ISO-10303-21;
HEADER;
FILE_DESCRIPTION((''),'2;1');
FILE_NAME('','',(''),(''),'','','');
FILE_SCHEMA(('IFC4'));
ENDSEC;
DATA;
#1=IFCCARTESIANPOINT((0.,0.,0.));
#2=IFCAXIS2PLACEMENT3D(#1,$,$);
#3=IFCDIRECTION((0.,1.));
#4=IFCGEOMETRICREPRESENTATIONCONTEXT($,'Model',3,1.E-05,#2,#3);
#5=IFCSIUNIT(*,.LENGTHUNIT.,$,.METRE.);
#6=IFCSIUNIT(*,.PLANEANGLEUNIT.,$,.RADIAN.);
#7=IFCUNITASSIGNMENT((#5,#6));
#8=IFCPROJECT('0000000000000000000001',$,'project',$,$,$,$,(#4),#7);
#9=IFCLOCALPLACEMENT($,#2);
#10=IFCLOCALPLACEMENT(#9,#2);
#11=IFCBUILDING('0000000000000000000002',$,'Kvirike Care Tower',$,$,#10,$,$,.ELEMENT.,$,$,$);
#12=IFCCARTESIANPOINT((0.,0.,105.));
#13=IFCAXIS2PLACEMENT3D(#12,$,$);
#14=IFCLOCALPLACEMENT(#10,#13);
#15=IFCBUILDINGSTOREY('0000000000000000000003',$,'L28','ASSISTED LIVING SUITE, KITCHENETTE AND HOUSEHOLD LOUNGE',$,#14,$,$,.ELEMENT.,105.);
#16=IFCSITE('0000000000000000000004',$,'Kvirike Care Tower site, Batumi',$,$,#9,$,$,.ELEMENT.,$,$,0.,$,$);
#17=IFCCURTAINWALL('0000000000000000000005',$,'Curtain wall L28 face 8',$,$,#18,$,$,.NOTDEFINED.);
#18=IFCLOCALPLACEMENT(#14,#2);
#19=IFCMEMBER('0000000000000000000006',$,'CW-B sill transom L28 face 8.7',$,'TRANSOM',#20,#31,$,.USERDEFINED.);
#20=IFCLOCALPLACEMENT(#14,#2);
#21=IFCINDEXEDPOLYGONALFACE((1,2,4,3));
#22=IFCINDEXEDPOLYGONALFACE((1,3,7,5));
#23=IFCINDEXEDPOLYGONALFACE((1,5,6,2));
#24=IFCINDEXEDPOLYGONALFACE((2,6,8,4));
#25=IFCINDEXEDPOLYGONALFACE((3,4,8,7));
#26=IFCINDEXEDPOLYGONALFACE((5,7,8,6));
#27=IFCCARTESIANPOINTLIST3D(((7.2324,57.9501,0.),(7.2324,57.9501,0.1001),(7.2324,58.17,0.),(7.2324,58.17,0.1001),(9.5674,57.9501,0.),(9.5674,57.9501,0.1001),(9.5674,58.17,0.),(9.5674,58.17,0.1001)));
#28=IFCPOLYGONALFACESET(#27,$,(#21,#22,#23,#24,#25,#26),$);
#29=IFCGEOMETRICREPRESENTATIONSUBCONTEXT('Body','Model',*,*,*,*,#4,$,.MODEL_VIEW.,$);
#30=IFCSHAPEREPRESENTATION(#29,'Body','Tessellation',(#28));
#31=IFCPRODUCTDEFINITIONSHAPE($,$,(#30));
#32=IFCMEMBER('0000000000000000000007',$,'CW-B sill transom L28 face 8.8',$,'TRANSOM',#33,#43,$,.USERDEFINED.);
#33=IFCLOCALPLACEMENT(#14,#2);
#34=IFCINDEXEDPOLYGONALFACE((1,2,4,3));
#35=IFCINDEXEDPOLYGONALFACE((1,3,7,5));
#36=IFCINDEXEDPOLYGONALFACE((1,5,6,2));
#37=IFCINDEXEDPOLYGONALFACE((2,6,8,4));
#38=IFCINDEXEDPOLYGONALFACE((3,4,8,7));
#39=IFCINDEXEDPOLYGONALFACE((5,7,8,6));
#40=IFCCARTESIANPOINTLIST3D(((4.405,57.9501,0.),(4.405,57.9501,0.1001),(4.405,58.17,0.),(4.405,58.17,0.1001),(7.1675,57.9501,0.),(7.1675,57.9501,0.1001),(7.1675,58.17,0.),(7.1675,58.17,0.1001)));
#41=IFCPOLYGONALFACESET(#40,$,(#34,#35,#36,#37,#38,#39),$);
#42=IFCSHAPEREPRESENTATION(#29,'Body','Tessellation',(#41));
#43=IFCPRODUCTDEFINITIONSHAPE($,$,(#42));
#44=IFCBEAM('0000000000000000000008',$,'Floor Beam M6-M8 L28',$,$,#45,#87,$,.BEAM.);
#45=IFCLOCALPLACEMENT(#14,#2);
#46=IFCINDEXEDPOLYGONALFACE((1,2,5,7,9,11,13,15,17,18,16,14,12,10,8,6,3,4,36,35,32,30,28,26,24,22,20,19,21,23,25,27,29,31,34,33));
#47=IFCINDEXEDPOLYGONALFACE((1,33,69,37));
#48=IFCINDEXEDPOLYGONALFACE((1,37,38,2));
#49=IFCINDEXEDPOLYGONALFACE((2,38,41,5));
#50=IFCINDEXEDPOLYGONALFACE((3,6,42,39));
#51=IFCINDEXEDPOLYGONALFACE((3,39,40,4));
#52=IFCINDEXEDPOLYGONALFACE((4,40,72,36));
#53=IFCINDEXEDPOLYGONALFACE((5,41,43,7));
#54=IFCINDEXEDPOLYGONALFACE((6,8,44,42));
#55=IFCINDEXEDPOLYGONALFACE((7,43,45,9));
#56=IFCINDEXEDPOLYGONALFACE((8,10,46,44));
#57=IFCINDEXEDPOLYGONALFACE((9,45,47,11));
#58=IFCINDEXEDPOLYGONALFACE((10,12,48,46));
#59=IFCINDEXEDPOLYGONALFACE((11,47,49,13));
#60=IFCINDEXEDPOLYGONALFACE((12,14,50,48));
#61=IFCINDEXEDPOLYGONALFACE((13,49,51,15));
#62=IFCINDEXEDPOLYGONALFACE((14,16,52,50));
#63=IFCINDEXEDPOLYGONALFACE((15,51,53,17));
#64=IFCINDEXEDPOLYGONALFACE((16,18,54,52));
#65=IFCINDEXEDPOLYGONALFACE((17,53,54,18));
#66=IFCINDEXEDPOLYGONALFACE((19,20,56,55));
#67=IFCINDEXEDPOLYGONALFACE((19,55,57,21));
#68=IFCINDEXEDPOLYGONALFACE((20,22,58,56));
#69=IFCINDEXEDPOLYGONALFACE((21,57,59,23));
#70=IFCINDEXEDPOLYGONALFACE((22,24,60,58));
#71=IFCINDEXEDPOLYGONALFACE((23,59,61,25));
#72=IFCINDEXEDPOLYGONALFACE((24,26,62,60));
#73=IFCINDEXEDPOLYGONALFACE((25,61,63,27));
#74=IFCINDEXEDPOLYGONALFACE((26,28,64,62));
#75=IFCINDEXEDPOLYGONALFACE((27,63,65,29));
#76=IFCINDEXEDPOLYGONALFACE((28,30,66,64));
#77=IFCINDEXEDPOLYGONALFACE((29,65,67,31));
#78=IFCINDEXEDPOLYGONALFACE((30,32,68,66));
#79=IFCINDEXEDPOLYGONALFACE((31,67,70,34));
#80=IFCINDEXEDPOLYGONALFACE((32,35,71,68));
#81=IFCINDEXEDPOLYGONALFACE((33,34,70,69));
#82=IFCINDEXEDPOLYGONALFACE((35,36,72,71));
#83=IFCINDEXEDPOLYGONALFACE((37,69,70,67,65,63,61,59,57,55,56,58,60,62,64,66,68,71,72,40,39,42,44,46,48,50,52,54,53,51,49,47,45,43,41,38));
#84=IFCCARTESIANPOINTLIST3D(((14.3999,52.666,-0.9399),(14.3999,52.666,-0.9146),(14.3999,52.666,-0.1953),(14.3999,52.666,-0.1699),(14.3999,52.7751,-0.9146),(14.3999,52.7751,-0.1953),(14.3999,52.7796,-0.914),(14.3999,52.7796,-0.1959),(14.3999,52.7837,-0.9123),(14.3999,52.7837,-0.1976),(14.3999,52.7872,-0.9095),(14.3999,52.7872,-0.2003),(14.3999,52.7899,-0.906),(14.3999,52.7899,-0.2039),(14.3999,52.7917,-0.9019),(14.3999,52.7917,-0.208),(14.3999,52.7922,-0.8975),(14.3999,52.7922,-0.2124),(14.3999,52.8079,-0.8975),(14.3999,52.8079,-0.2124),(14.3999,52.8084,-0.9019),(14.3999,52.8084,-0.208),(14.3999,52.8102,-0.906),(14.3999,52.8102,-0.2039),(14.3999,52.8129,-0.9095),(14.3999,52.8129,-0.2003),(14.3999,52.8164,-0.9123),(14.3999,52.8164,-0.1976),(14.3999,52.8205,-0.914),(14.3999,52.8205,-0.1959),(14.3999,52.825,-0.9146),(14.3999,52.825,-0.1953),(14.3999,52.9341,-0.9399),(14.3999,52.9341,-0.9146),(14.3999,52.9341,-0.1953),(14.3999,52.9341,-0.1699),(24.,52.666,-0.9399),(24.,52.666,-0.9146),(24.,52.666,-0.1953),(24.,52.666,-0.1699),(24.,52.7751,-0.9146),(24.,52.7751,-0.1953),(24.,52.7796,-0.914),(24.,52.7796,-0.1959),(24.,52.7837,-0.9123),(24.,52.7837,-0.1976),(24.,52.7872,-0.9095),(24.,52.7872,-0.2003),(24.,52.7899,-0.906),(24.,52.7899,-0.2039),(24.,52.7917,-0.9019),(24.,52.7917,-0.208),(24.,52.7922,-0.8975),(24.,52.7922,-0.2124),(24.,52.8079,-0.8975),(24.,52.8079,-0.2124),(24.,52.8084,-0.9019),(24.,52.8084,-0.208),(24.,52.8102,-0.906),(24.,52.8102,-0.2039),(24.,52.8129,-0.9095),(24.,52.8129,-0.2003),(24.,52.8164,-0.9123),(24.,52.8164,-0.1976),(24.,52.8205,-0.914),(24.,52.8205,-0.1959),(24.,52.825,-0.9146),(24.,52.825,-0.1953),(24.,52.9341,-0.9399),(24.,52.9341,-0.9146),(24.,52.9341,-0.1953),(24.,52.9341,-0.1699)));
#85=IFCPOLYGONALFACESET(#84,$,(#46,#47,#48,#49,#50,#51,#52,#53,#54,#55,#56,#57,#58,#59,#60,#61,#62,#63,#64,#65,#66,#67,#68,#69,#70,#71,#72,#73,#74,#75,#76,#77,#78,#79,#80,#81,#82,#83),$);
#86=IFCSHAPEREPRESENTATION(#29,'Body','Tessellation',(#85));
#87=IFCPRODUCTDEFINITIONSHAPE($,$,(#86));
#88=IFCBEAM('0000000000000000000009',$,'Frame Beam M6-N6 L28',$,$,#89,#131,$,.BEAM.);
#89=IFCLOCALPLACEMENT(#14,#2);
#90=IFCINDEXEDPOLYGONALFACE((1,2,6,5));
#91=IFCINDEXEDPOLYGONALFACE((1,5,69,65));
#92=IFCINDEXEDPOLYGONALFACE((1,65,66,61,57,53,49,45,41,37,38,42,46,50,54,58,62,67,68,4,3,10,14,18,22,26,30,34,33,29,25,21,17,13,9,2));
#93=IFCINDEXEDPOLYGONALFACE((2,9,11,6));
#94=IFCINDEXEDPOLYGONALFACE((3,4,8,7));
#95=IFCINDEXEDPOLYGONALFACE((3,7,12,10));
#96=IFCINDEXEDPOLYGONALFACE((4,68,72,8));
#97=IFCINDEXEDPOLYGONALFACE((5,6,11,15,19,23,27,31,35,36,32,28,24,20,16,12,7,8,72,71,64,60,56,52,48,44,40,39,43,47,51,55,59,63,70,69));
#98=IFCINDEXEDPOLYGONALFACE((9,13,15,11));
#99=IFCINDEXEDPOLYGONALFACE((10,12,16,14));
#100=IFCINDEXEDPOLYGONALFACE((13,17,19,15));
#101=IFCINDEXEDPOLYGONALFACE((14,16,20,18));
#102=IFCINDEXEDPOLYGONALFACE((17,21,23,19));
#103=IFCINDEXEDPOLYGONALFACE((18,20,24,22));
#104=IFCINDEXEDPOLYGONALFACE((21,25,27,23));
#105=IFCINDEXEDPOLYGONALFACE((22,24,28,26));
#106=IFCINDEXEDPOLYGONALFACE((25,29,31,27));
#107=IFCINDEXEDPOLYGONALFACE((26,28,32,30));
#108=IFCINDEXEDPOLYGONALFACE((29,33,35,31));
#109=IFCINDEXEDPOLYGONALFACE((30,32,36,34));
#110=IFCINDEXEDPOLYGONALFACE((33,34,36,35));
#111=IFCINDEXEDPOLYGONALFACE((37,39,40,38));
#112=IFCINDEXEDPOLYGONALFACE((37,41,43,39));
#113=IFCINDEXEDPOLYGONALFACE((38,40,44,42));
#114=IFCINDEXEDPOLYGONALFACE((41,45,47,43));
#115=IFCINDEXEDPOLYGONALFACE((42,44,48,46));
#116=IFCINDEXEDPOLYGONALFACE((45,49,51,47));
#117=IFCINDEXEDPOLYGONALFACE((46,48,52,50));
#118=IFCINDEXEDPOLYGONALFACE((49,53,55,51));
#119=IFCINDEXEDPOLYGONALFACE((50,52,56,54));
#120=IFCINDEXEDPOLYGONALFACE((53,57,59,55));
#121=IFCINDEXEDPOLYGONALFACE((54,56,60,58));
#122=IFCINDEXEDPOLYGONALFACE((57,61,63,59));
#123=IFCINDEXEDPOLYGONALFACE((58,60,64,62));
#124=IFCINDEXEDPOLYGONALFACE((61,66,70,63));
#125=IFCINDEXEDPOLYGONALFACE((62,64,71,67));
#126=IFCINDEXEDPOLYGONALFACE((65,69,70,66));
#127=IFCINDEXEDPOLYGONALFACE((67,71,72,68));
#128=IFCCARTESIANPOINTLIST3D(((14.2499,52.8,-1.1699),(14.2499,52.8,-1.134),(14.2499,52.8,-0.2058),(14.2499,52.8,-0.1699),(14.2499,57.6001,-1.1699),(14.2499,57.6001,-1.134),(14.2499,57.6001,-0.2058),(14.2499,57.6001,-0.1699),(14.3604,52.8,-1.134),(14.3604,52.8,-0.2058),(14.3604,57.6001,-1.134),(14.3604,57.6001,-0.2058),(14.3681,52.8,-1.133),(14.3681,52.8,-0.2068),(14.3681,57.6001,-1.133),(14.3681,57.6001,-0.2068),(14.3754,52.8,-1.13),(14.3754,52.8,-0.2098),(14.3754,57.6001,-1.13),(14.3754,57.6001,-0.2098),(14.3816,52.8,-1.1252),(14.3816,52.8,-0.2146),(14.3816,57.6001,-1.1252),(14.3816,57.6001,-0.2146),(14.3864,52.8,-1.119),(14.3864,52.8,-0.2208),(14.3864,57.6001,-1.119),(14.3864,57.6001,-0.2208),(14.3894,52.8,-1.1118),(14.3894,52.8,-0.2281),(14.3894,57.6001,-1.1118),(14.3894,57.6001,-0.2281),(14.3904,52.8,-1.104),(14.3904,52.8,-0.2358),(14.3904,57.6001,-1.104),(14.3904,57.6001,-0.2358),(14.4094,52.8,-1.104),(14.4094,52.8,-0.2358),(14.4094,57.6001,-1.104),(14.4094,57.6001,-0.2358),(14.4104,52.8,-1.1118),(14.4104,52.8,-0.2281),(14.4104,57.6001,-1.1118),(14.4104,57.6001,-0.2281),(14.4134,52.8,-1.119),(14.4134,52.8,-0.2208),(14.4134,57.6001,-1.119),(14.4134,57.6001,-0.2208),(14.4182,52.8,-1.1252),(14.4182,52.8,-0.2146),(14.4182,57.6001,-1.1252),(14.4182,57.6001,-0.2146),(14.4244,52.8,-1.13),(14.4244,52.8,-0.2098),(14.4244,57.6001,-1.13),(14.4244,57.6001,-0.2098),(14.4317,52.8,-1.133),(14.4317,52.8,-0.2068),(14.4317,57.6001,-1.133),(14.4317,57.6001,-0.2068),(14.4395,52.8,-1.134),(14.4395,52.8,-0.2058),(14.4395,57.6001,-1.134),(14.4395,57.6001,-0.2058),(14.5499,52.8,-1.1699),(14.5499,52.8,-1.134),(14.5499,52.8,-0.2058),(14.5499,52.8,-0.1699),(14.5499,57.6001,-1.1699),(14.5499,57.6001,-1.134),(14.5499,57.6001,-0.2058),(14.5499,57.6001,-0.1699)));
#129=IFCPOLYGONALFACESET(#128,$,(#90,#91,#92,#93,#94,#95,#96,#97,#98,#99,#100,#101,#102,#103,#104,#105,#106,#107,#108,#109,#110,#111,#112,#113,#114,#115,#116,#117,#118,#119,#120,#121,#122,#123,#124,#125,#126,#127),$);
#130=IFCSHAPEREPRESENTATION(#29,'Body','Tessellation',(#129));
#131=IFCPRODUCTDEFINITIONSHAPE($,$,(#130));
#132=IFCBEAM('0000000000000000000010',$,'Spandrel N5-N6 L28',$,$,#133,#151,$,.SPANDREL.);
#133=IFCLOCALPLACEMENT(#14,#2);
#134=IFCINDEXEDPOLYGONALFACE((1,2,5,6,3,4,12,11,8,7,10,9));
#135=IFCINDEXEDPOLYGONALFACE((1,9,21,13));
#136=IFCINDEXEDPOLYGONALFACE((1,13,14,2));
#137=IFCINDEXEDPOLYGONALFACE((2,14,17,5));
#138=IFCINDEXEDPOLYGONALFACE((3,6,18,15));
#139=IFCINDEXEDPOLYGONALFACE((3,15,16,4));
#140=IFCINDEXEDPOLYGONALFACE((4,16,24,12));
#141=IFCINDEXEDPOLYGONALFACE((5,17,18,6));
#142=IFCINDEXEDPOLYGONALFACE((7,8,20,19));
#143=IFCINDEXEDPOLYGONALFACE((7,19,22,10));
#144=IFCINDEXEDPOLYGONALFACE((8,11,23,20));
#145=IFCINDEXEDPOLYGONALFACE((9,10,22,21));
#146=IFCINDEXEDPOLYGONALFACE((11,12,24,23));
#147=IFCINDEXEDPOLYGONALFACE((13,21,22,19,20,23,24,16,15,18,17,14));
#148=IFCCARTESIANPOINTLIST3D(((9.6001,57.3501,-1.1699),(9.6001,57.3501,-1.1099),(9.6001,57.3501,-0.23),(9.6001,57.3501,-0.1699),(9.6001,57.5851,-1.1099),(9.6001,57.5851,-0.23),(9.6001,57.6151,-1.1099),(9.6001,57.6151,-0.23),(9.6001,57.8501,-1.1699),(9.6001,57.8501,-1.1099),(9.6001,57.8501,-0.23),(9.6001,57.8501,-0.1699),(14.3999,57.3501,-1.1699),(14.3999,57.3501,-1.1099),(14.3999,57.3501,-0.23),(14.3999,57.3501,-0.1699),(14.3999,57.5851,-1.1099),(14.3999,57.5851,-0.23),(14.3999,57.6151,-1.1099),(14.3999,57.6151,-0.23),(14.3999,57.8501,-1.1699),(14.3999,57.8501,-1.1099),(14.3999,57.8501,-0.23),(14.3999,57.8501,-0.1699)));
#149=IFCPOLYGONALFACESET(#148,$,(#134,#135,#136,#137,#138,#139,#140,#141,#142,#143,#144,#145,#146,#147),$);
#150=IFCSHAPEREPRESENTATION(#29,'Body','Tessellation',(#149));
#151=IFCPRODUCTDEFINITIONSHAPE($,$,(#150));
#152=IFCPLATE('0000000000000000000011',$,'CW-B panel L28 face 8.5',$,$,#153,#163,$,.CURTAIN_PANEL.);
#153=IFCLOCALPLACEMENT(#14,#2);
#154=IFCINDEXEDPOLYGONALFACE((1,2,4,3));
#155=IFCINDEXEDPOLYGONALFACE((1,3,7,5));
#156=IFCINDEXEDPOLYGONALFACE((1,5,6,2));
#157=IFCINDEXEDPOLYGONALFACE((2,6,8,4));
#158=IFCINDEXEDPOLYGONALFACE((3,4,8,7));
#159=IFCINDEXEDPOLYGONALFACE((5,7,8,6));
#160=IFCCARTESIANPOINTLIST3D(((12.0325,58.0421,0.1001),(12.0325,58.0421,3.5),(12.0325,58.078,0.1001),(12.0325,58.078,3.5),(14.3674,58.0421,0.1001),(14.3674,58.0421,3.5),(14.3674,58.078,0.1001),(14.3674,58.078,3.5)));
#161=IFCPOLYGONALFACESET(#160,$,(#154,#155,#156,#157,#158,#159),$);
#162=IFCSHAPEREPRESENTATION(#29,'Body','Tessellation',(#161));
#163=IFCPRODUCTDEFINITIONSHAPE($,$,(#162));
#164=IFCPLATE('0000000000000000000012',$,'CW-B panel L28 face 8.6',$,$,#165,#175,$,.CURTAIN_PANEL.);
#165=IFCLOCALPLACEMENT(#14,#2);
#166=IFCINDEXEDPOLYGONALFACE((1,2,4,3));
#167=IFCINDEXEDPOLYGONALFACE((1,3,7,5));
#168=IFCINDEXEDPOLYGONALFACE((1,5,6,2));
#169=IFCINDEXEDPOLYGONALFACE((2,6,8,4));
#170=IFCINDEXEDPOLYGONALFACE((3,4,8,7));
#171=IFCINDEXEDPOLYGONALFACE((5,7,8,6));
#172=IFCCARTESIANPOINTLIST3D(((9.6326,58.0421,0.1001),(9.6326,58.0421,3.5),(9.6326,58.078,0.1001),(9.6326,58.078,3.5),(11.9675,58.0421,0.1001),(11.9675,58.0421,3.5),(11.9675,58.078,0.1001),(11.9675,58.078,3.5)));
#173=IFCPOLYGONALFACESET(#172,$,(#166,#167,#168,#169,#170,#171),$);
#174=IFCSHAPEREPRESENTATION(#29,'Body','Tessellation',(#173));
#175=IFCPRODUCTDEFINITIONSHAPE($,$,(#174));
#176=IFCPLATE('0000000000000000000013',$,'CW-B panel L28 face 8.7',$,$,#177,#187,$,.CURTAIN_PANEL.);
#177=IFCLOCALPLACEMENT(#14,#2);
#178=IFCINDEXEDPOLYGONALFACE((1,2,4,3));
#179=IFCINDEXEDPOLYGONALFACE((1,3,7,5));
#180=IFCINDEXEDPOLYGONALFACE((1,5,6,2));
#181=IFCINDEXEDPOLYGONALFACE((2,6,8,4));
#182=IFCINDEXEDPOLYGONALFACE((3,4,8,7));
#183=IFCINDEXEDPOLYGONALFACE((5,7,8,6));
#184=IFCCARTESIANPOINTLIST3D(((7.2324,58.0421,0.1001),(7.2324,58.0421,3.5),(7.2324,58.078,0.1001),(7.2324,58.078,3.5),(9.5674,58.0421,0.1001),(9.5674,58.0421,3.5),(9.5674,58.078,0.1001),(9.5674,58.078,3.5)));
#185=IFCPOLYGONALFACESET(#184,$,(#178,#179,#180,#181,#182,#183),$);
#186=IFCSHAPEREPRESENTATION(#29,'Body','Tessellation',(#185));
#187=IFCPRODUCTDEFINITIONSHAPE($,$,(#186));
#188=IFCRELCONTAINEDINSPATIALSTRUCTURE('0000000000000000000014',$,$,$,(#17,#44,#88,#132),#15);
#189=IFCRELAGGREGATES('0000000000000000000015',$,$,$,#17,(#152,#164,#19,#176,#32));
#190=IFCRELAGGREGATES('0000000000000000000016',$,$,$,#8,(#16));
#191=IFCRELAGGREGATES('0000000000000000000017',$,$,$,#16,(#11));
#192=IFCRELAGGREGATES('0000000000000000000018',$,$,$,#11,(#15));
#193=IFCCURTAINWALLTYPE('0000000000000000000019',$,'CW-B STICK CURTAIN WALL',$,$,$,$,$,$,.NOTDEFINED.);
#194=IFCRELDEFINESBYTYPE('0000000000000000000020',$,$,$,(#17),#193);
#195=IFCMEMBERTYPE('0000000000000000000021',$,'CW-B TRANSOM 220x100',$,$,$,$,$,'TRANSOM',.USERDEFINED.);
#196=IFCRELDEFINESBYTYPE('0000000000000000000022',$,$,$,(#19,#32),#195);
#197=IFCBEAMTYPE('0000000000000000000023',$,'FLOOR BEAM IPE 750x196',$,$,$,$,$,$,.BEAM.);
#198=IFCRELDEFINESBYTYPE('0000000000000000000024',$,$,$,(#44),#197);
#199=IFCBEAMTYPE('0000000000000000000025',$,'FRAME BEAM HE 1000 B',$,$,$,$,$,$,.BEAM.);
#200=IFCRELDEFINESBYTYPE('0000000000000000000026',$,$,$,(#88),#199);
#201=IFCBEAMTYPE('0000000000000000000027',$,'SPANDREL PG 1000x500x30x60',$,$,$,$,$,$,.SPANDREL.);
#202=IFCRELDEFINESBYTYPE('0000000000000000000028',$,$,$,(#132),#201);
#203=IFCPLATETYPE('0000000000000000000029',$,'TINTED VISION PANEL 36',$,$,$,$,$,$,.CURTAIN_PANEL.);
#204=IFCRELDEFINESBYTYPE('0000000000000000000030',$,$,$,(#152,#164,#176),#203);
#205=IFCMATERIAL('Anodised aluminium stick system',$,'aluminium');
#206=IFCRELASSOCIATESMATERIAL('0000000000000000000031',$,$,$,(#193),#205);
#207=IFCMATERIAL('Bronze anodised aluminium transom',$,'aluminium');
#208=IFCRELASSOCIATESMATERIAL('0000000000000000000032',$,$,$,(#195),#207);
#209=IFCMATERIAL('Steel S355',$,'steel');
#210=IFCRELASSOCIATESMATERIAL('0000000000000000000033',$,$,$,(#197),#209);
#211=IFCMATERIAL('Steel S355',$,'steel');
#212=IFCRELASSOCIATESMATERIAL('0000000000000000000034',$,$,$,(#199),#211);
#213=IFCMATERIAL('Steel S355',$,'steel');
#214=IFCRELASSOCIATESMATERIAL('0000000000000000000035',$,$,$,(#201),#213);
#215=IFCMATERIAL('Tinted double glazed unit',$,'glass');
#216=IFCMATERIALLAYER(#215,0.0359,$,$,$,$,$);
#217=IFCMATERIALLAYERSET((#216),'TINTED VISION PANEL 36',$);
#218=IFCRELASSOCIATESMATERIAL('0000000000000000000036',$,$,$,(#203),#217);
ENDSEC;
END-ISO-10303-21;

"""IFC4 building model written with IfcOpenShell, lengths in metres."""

from ifc_helpers import new_model, si_unit, direction, frame, origin, origin_2d, place, context, subcontext, project, spatial, rectangle, i_section, extrude, material, layer, layer_set, material_profile, profile_set, type_object, element, aggregate, save


model = new_model("IFC4")

# Units and contexts
model_context = context("Model", 3, precision=1e-05, world=origin(), true_north=direction((0.0, 1.0)))
body_context = subcontext(model_context, "Body", "Model", "MODEL_VIEW")
ifc_project = project(units=[si_unit("LENGTHUNIT", "METRE"), si_unit("PLANEANGLEUNIT", "RADIAN")], contexts=[model_context])

# Site, building, storey
site_placement = place(None, origin())
site = spatial("IfcSite", under=ifc_project, at=site_placement, Name="Kvirike Care Tower site, Batumi", CompositionType="ELEMENT", RefElevation=0.0)
building_placement = place(site_placement, origin())
building = spatial("IfcBuilding", under=site, at=building_placement, Name="Kvirike Care Tower", CompositionType="ELEMENT")
storey_placement = place(building_placement, frame((0.0, 0.0, 105.0)))
storey = spatial("IfcBuildingStorey", under=building, at=storey_placement, Name="L28", Description="ASSISTED LIVING SUITE, KITCHENETTE AND HOUSEHOLD LOUNGE", CompositionType="ELEMENT", Elevation=105.0)

# Curtain wall, members
ifc_material_1 = material(Name="Anodised aluminium stick system", Category="aluminium")
curtain_wall_type = type_object("IfcCurtainWallType", Name="CW-B STICK CURTAIN WALL", PredefinedType="NOTDEFINED", material=ifc_material_1)
curtain_wall_placement = place(storey_placement, origin())
curtain_wall = element("IfcCurtainWall", 1, at=curtain_wall_placement, inside=storey, type_object=curtain_wall_type, Name="Curtain wall L28 face 8", PredefinedType="NOTDEFINED")
ifc_material_2 = material(Name="Bronze anodised aluminium transom", Category="aluminium")
ifc_material_profile_1 = material_profile(ifc_material_2, rectangle(XDim=0.22, YDim=0.1001, at=origin_2d()), Name="CW-B TRANSOM 220x100")
ifc_profile_set_1 = profile_set([ifc_material_profile_1], Name="Bronze anodised aluminium transom")
member_type_1 = type_object("IfcMemberType", Name="CW-B TRANSOM 220x100", ElementType="TRANSOM", PredefinedType="USERDEFINED", material=ifc_profile_set_1)
member_1_placement = place(storey_placement, frame((9.5674, 58.0601, 0.05), z_axis=(-1.0, 0.0, 0.0), x_axis=(0.0, -1.0, 0.0)))
member_1 = element("IfcMember", 2, at=member_1_placement, type_object=member_type_1, Name="CW-B sill transom L28 face 8.7", ObjectType="TRANSOM", PredefinedType="USERDEFINED", context=body_context, shape_type="SweptSolid", body=[
    extrude(rectangle(XDim=0.22, YDim=0.1001, at=origin_2d()), origin(), (0.0, 0.0, 1.0), 2.335),
])
member_2_placement = place(storey_placement, frame((7.1675, 58.0601, 0.05), z_axis=(-1.0, 0.0, 0.0), x_axis=(0.0, -1.0, 0.0)))
member_2 = element("IfcMember", 3, at=member_2_placement, type_object=member_type_1, Name="CW-B sill transom L28 face 8.8", ObjectType="TRANSOM", PredefinedType="USERDEFINED", context=body_context, shape_type="SweptSolid", body=[
    extrude(rectangle(XDim=0.22, YDim=0.1001, at=origin_2d()), origin(), (0.0, 0.0, 1.0), 2.7625),
])

# Beams
ifc_material_3 = material(Name="Steel S355", Category="steel")
ifc_material_profile_2 = material_profile(ifc_material_3, i_section(OverallWidth=0.2681, OverallDepth=0.77, WebThickness=0.0156, FlangeThickness=0.0254, FilletRadius=0.0171, at=origin_2d()), Name="IPE 750x196")
ifc_profile_set_2 = profile_set([ifc_material_profile_2], Name="Steel S355")
beam_type_1 = type_object("IfcBeamType", Name="FLOOR BEAM IPE 750x196", PredefinedType="BEAM", material=ifc_profile_set_2)
beam_1_placement = place(storey_placement, frame((14.3999, 52.8, -0.5549), z_axis=(1.0, 0.0, 0.0), x_axis=(0.0, 1.0, 0.0)))
element("IfcBeam", 4, at=beam_1_placement, inside=storey, type_object=beam_type_1, Name="Floor Beam M6-M8 L28", PredefinedType="BEAM", context=body_context, shape_type="SweptSolid", body=[
    extrude(i_section(OverallWidth=0.2681, OverallDepth=0.77, WebThickness=0.0156, FlangeThickness=0.0254, FilletRadius=0.0171, at=origin_2d()), origin(), (0.0, 0.0, 1.0), 9.6001),
])
ifc_material_4 = material(Name="Steel S355", Category="steel")
ifc_material_profile_3 = material_profile(ifc_material_4, i_section(OverallWidth=0.3, OverallDepth=1.0, WebThickness=0.019, FlangeThickness=0.0359, FilletRadius=0.03, at=origin_2d()), Name="HE 1000 B")
ifc_profile_set_3 = profile_set([ifc_material_profile_3], Name="Steel S355")
beam_type_2 = type_object("IfcBeamType", Name="FRAME BEAM HE 1000 B", PredefinedType="BEAM", material=ifc_profile_set_3)
beam_2_placement = place(storey_placement, frame((14.3999, 52.8, -0.6699), z_axis=(0.0, 1.0, 0.0), x_axis=(-1.0, 0.0, 0.0)))
element("IfcBeam", 5, at=beam_2_placement, inside=storey, type_object=beam_type_2, Name="Frame Beam M6-N6 L28", PredefinedType="BEAM", context=body_context, shape_type="SweptSolid", body=[
    extrude(i_section(OverallWidth=0.3, OverallDepth=1.0, WebThickness=0.019, FlangeThickness=0.0359, FilletRadius=0.03, at=origin_2d()), origin(), (0.0, 0.0, 1.0), 4.8),
])
ifc_material_5 = material(Name="Steel S355", Category="steel")
ifc_material_profile_4 = material_profile(ifc_material_5, i_section(OverallWidth=0.5, OverallDepth=1.0, WebThickness=0.03, FlangeThickness=0.0601, at=origin_2d()), Name="PG 1000x500x30x60")
ifc_profile_set_4 = profile_set([ifc_material_profile_4], Name="Steel S355")
beam_type_3 = type_object("IfcBeamType", Name="SPANDREL PG 1000x500x30x60", PredefinedType="SPANDREL", material=ifc_profile_set_4)
beam_3_placement = place(storey_placement, frame((9.6001, 57.6001, -0.6699), z_axis=(1.0, 0.0, 0.0), x_axis=(0.0, 1.0, 0.0)))
element("IfcBeam", 6, at=beam_3_placement, inside=storey, type_object=beam_type_3, Name="Spandrel N5-N6 L28", PredefinedType="SPANDREL", context=body_context, shape_type="SweptSolid", body=[
    extrude(i_section(OverallWidth=0.5, OverallDepth=1.0, WebThickness=0.03, FlangeThickness=0.0601, at=origin_2d()), origin(), (0.0, 0.0, 1.0), 4.7998),
])

# Plates
ifc_material_6 = material(Name="Tinted double glazed unit", Category="glass")
ifc_layer_1 = layer(ifc_material_6, 0.0359)
ifc_layer_set_1 = layer_set([ifc_layer_1], Name="TINTED VISION PANEL 36")
plate_type = type_object("IfcPlateType", Name="TINTED VISION PANEL 36", PredefinedType="CURTAIN_PANEL", material=ifc_layer_set_1)
plate_1_placement = place(storey_placement, frame((13.2, 58.0601, 0.1001), z_axis=(0.0, 0.0, 1.0), x_axis=(-1.0, 0.0, 0.0)))
plate_1 = element("IfcPlate", 7, at=plate_1_placement, type_object=plate_type, Name="CW-B panel L28 face 8.5", PredefinedType="CURTAIN_PANEL", context=body_context, shape_type="SweptSolid", body=[
    extrude(rectangle(XDim=2.335, YDim=0.0359, at=origin_2d()), origin(), (0.0, 0.0, 1.0), 3.3999),
])
plate_2_placement = place(storey_placement, frame((10.8, 58.0601, 0.1001), z_axis=(0.0, 0.0, 1.0), x_axis=(-1.0, 0.0, 0.0)))
plate_2 = element("IfcPlate", 8, at=plate_2_placement, type_object=plate_type, Name="CW-B panel L28 face 8.6", PredefinedType="CURTAIN_PANEL", context=body_context, shape_type="SweptSolid", body=[
    extrude(rectangle(XDim=2.335, YDim=0.0359, at=origin_2d()), origin(), (0.0, 0.0, 1.0), 3.3999),
])
plate_3_placement = place(storey_placement, frame((8.3999, 58.0601, 0.1001), z_axis=(0.0, 0.0, 1.0), x_axis=(-1.0, 0.0, 0.0)))
plate_3 = element("IfcPlate", 9, at=plate_3_placement, type_object=plate_type, Name="CW-B panel L28 face 8.7", PredefinedType="CURTAIN_PANEL", context=body_context, shape_type="SweptSolid", body=[
    extrude(rectangle(XDim=2.335, YDim=0.0359, at=origin_2d()), origin(), (0.0, 0.0, 1.0), 3.3999),
])
aggregate(curtain_wall, [plate_1, plate_2, member_1, plate_3, member_2])

save(model, "model.ifc")
